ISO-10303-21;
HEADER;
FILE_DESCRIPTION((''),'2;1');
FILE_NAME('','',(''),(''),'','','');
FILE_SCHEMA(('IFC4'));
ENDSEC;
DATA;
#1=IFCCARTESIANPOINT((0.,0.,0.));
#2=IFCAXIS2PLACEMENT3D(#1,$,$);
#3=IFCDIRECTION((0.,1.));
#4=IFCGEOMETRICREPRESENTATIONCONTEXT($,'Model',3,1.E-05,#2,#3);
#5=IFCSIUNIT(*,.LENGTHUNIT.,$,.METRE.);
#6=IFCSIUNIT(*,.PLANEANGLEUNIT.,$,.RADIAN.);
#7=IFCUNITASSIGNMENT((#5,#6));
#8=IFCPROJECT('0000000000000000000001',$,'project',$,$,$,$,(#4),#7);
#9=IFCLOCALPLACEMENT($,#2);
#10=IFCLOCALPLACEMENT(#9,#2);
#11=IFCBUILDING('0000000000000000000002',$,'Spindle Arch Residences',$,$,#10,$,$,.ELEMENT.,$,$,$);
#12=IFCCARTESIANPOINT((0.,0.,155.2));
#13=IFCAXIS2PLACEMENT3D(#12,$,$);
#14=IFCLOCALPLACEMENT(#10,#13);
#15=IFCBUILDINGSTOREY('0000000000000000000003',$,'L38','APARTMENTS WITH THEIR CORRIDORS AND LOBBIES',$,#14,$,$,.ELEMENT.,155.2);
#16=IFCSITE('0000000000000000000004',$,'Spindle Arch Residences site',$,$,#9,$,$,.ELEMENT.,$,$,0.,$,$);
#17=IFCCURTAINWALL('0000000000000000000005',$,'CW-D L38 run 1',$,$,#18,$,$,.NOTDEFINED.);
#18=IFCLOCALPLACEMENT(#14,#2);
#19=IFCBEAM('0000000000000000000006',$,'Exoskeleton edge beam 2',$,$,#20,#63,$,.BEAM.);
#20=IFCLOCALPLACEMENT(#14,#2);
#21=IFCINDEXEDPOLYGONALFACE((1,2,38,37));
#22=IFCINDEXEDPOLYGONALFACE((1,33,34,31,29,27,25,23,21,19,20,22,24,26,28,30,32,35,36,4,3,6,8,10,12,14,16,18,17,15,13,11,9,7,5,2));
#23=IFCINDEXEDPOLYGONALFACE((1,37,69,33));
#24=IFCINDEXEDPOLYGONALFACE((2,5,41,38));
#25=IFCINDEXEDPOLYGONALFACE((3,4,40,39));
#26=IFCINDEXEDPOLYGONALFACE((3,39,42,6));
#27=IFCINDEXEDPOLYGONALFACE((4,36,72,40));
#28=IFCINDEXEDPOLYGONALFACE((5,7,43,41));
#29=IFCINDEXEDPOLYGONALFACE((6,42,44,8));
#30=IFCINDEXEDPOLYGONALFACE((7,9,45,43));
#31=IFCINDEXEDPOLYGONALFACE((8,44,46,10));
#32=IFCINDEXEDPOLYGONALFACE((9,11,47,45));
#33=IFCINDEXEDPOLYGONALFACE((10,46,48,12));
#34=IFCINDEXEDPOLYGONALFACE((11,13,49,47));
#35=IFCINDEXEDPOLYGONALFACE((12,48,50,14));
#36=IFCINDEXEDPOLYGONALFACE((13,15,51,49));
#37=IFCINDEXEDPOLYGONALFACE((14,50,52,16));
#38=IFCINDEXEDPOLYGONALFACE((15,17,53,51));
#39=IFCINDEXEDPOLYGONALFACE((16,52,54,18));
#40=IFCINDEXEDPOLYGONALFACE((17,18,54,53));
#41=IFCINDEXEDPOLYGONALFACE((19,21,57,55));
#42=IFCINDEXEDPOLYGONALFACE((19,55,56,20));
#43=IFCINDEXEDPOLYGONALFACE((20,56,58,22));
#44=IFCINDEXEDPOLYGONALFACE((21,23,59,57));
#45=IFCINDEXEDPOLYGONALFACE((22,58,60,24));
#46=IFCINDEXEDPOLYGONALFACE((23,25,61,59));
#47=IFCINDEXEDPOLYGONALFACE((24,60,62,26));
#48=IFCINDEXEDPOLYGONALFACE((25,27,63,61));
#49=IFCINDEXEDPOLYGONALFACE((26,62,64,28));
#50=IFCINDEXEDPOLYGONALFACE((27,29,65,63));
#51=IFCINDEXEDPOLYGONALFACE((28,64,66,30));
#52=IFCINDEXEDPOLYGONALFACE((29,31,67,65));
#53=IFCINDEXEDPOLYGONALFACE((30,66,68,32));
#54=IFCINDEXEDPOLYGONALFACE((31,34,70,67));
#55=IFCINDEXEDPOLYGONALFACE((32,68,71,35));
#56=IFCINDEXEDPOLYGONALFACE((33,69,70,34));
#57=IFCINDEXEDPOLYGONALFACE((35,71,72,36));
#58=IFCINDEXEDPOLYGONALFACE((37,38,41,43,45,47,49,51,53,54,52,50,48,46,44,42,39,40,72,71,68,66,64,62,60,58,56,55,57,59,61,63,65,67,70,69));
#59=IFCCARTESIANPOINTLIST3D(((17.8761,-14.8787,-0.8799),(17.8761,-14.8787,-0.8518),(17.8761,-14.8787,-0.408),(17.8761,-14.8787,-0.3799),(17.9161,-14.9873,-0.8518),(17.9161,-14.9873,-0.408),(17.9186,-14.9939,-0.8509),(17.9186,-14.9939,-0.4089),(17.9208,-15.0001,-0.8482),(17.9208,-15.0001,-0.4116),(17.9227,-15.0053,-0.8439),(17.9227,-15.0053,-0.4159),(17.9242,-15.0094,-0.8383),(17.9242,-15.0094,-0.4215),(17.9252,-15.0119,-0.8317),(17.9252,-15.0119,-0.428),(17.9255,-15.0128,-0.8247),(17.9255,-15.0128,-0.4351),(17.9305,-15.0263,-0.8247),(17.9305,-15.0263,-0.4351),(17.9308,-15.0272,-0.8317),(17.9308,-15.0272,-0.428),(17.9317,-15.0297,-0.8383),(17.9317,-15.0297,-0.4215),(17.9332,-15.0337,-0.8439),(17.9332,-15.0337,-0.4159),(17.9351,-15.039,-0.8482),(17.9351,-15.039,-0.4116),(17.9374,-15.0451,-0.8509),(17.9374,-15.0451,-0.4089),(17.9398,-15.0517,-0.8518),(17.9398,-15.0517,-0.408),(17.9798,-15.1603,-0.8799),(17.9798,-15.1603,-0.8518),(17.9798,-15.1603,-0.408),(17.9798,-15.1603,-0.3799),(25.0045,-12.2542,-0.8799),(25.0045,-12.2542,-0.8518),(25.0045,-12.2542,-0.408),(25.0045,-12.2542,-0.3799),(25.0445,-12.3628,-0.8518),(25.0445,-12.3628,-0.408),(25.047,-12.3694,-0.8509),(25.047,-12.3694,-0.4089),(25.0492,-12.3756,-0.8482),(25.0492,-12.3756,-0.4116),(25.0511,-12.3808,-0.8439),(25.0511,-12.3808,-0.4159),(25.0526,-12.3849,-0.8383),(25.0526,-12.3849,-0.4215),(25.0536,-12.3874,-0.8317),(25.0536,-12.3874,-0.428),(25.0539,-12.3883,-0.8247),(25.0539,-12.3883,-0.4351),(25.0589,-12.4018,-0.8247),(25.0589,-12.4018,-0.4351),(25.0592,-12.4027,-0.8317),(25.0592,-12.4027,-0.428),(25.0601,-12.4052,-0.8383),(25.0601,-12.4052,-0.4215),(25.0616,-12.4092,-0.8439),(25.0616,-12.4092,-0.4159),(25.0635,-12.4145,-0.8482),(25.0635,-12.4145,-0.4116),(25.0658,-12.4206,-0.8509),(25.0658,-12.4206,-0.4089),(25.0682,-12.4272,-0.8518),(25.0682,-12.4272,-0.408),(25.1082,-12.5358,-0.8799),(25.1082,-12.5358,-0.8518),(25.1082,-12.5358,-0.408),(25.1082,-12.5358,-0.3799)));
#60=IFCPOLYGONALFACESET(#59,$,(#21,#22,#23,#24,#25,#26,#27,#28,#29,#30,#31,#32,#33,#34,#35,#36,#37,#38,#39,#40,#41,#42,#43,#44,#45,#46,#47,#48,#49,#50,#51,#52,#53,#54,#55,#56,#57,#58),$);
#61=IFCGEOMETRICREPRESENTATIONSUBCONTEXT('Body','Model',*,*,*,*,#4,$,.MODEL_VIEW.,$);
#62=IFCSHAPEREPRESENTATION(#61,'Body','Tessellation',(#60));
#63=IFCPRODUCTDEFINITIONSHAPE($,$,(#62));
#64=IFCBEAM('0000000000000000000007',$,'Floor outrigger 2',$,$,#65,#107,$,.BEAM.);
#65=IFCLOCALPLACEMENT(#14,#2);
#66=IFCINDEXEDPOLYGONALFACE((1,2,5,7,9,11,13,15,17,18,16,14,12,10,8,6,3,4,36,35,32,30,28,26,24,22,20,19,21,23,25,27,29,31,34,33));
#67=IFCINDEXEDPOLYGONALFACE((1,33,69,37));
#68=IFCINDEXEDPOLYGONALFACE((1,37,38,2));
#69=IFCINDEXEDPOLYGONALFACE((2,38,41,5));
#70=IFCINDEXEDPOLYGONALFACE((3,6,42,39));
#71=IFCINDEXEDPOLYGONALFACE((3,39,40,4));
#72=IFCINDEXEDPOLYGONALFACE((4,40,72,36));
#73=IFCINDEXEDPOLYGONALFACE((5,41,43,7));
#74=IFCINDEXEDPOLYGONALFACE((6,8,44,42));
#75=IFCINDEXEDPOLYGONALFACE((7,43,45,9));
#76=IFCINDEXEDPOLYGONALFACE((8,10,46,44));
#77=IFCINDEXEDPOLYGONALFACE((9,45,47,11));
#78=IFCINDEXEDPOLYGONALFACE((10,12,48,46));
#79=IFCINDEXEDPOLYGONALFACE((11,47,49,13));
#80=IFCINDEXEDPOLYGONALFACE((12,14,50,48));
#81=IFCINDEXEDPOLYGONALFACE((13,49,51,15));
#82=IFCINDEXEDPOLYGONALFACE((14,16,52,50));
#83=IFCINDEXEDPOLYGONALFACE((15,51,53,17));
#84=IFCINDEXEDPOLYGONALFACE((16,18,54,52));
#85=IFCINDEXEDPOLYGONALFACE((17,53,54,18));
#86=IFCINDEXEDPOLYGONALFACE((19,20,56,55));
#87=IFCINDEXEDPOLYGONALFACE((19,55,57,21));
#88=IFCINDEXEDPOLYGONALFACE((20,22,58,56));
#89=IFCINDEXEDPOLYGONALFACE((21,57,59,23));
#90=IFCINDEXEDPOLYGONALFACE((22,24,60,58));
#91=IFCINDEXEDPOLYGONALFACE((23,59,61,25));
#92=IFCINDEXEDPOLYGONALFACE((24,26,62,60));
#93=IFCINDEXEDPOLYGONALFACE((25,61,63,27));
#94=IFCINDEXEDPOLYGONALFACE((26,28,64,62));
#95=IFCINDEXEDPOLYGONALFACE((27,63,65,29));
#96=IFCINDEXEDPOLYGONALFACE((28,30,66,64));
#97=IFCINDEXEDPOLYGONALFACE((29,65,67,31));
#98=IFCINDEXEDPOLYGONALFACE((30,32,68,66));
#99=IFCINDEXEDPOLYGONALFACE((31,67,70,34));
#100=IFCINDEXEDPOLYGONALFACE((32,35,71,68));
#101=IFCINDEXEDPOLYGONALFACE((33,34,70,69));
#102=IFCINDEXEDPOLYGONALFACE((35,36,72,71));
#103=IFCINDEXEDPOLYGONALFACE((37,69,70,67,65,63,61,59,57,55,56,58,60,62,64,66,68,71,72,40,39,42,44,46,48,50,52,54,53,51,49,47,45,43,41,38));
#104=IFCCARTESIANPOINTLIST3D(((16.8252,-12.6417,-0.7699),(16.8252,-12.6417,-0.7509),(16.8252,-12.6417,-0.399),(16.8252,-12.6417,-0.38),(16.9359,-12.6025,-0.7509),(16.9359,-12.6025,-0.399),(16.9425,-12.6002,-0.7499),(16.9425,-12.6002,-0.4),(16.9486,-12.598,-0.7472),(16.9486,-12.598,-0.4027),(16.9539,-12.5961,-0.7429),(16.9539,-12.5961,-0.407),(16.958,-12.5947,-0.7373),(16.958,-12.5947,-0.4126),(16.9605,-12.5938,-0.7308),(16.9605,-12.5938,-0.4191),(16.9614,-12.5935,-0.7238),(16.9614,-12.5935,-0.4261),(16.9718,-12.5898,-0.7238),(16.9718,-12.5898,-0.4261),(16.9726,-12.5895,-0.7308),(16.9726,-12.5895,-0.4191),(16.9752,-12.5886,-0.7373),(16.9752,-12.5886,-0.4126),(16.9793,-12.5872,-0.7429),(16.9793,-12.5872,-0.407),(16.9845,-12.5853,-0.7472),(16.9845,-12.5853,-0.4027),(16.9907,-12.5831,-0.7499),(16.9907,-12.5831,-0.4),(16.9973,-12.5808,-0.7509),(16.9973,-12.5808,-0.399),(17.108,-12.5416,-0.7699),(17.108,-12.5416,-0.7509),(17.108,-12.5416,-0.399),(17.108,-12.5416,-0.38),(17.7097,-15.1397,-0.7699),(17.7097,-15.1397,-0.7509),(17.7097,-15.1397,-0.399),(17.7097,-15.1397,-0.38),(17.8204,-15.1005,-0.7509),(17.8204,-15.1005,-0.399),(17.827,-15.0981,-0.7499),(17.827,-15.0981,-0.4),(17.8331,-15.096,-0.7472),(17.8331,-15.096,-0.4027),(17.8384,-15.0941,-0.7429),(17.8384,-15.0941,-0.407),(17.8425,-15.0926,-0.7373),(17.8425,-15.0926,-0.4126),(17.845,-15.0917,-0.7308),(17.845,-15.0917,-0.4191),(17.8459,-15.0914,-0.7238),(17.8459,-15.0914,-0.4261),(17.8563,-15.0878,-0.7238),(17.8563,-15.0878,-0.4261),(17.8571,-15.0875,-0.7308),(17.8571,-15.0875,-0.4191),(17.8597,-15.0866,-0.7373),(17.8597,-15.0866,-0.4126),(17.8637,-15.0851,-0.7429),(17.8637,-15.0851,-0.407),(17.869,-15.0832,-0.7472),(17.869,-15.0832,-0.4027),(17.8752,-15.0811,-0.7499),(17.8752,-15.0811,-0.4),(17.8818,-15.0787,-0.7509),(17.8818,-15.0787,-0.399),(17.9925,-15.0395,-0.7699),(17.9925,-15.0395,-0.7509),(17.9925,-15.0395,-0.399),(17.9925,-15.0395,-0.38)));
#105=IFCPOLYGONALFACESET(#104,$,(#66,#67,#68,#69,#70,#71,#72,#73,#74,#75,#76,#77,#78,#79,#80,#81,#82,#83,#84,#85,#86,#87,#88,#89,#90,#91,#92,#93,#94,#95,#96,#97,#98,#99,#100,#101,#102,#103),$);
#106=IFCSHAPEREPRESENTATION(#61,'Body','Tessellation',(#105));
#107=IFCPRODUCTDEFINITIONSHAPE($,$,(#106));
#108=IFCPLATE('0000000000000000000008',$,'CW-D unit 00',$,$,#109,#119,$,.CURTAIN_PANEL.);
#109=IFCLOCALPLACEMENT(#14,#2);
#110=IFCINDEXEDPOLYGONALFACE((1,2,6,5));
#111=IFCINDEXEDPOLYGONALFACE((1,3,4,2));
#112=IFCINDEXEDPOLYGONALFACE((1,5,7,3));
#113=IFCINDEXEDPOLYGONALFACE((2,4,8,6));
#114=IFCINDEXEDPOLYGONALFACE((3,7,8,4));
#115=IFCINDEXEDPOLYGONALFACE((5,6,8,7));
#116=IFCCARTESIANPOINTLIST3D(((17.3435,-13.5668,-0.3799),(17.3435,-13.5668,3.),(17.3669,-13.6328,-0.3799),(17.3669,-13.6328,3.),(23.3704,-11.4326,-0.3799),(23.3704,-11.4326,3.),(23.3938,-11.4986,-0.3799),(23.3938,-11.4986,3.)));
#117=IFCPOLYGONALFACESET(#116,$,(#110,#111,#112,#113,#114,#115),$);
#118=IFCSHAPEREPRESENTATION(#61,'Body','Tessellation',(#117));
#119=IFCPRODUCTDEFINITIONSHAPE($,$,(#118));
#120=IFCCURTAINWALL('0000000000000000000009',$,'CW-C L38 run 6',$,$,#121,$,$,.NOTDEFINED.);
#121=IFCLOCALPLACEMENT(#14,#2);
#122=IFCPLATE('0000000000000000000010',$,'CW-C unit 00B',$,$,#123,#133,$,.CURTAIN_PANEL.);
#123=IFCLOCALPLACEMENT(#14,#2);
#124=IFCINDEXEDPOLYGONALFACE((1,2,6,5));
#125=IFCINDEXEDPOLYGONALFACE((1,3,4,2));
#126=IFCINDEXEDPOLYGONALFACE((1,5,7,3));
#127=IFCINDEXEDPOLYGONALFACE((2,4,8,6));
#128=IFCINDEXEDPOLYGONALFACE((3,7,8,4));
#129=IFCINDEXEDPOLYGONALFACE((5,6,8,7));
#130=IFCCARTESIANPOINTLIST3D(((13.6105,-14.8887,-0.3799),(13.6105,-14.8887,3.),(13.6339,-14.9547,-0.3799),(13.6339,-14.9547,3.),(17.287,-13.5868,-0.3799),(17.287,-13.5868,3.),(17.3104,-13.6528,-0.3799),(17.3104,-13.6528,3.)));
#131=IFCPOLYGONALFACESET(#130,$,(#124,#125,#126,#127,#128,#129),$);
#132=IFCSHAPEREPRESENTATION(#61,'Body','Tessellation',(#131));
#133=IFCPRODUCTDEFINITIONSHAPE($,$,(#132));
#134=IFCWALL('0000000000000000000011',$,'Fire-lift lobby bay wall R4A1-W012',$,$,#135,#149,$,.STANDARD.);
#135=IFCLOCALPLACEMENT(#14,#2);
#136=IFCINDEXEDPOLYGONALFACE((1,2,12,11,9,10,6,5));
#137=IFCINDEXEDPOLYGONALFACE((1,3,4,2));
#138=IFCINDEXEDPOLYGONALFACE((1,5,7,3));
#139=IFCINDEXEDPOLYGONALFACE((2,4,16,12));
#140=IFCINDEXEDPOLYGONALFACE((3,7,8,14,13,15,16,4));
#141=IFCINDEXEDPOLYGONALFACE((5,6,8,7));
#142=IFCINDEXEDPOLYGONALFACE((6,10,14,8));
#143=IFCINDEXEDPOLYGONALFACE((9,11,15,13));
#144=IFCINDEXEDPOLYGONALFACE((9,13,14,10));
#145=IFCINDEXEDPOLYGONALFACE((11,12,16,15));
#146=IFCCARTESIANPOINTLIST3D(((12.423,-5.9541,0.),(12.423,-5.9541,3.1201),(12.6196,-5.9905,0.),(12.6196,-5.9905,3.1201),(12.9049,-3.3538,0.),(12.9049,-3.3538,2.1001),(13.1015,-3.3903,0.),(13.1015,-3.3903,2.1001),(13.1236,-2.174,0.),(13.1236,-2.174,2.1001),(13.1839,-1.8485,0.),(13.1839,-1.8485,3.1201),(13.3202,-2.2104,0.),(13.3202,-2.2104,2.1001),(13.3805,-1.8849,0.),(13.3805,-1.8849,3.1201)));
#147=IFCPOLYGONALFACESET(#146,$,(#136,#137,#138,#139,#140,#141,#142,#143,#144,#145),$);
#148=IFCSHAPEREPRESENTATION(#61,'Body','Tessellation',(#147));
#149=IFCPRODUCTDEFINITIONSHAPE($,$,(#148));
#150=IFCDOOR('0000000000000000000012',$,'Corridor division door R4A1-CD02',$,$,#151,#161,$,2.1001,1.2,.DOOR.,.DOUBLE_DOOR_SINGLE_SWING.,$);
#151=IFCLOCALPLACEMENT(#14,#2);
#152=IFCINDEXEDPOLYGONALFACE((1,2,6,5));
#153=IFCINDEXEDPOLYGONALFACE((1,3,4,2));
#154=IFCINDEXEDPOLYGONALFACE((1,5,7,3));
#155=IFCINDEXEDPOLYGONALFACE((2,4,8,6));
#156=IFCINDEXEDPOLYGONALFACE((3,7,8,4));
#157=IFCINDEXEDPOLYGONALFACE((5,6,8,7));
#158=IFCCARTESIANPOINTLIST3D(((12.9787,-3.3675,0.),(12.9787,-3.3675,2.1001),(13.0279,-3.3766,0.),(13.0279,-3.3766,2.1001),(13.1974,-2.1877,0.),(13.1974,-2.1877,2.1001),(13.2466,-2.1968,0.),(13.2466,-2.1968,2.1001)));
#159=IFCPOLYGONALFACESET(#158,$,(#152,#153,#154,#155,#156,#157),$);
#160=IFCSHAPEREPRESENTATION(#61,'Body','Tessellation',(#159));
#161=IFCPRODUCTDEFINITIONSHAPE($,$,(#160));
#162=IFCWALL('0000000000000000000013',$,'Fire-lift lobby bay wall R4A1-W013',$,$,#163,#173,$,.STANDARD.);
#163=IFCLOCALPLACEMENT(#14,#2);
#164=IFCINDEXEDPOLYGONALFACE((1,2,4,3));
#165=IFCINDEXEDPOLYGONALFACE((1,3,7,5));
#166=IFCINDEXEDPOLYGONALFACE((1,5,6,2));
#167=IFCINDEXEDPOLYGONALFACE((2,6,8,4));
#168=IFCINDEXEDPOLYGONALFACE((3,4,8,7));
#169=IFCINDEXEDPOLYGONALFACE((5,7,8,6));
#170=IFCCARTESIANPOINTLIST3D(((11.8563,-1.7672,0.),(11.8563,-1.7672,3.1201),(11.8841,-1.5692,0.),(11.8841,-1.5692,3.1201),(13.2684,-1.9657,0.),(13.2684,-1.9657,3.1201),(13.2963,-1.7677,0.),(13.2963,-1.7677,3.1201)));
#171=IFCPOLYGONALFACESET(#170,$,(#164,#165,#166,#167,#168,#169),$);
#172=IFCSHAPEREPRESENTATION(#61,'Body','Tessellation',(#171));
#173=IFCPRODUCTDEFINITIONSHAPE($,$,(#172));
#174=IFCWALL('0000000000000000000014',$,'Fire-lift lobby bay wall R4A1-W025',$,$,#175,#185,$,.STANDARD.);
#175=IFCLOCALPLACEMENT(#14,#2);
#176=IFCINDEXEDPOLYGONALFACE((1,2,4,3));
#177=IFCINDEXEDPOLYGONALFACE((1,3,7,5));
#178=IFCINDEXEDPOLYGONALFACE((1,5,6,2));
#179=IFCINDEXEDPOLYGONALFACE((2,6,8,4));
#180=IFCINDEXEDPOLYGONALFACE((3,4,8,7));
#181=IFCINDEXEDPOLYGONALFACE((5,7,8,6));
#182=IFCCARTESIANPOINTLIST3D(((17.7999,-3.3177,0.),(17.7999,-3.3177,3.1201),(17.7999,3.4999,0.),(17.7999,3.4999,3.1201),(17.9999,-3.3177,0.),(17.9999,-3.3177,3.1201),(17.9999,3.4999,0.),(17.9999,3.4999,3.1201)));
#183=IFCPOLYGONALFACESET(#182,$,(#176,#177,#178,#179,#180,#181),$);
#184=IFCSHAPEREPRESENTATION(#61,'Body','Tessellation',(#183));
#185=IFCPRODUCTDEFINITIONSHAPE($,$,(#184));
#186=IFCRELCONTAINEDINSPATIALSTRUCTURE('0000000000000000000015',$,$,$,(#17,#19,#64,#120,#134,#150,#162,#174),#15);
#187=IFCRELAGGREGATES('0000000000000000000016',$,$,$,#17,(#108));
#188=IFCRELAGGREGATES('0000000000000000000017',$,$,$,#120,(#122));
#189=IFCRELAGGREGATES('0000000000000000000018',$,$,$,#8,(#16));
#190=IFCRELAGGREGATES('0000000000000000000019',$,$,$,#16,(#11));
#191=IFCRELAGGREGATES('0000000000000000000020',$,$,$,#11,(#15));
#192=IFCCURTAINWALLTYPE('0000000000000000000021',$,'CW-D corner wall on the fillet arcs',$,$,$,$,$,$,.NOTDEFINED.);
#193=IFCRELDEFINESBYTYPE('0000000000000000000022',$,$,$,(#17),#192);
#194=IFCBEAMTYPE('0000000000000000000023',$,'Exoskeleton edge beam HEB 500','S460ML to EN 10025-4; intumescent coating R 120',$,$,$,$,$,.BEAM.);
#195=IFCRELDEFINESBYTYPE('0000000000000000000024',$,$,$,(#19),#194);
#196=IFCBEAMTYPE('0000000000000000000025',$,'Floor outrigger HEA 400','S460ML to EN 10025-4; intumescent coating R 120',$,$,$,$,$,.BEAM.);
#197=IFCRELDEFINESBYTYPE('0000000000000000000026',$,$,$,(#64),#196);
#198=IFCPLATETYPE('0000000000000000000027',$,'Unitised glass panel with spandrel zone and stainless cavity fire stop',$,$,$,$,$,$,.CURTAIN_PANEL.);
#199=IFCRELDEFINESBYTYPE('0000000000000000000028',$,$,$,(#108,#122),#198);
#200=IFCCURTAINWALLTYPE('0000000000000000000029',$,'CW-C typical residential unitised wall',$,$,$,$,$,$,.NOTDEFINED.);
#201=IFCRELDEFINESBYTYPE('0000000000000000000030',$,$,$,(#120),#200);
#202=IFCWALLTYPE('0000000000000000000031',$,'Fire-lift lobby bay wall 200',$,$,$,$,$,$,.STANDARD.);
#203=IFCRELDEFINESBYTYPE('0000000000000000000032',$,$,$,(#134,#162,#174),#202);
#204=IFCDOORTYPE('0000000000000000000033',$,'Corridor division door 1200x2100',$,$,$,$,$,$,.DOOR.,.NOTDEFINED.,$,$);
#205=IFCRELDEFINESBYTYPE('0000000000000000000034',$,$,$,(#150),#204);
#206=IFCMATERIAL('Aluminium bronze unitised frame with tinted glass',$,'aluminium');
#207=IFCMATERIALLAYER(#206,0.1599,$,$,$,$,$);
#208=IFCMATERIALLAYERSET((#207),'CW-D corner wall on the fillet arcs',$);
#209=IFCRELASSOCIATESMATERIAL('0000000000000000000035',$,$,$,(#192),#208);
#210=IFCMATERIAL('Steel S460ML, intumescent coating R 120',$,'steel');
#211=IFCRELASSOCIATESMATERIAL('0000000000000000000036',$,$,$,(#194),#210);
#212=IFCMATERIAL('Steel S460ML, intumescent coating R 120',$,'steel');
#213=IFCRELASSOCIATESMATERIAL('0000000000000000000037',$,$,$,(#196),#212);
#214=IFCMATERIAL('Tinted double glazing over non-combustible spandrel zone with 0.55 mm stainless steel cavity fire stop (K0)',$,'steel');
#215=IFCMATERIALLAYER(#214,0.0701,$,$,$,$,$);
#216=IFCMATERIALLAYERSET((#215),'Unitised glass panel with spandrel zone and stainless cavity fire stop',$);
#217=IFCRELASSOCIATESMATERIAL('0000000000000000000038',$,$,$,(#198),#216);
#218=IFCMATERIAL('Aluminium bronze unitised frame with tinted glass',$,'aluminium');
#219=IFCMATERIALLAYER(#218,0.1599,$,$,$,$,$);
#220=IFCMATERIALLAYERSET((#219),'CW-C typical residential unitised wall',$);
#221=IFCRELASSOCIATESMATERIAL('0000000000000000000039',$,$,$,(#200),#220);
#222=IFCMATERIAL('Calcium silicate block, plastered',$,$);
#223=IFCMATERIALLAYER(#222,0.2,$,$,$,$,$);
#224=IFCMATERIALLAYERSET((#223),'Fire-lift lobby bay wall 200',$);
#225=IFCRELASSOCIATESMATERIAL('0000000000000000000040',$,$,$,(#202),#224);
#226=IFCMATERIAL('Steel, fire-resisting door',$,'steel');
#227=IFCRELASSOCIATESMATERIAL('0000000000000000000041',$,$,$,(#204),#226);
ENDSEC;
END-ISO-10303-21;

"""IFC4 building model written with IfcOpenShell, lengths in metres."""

from ifc_helpers import new_model, si_unit, direction, frame, frame_2d, origin, origin_2d, place, context, subcontext, project, spatial, rectangle, i_section, extrude, material, layer, layer_set, material_profile, profile_set, type_object, element, fill, aggregate, save


model = new_model("IFC4")

# Units and contexts
model_context = context("Model", 3, precision=1e-05, world=origin(), true_north=direction((0.0, 1.0)))
body_context = subcontext(model_context, "Body", "Model", "MODEL_VIEW")
ifc_project = project(units=[si_unit("LENGTHUNIT", "METRE"), si_unit("PLANEANGLEUNIT", "RADIAN")], contexts=[model_context])

# Site, building, storey
site_placement = place(None, origin())
site = spatial("IfcSite", under=ifc_project, at=site_placement, Name="Spindle Arch Residences site", CompositionType="ELEMENT", RefElevation=0.0)
building_placement = place(site_placement, origin())
building = spatial("IfcBuilding", under=site, at=building_placement, Name="Spindle Arch Residences", CompositionType="ELEMENT")
storey_placement = place(building_placement, frame((0.0, 0.0, 155.2)))
storey = spatial("IfcBuildingStorey", under=building, at=storey_placement, Name="L38", Description="APARTMENTS WITH THEIR CORRIDORS AND LOBBIES", CompositionType="ELEMENT", Elevation=155.2)

# Curtain wall
ifc_material_1 = material(Name="Aluminium bronze unitised frame with tinted glass", Category="aluminium")
ifc_layer_1 = layer(ifc_material_1, 0.1599)
ifc_layer_set_1 = layer_set([ifc_layer_1], Name="CW-D corner wall on the fillet arcs")
curtain_wall_type_1 = type_object("IfcCurtainWallType", Name="CW-D corner wall on the fillet arcs", PredefinedType="NOTDEFINED", material=ifc_layer_set_1)
curtain_wall_1_placement = place(storey_placement, origin())
curtain_wall_1 = element("IfcCurtainWall", 1, at=curtain_wall_1_placement, inside=storey, type_object=curtain_wall_type_1, Name="CW-D L38 run 1", PredefinedType="NOTDEFINED")

# Beams
ifc_material_2 = material(Name="Steel S460ML, intumescent coating R 120", Category="steel")
ifc_material_profile_1 = material_profile(ifc_material_2, i_section(OverallWidth=0.3, OverallDepth=0.5, WebThickness=0.0144, FlangeThickness=0.0281, FilletRadius=0.0271, at=origin_2d()), Name="HEB 500")
ifc_profile_set_1 = profile_set([ifc_material_profile_1], Name="Steel S460ML, intumescent coating R 120")
beam_type_1 = type_object("IfcBeamType", Name="Exoskeleton edge beam HEB 500", Description="S460ML to EN 10025-4; intumescent coating R 120", PredefinedType="BEAM", material=ifc_profile_set_1)
beam_1_placement = place(storey_placement, frame((17.928, -15.0195, -0.6299), z_axis=(0.938418, 0.345503, 0.0), x_axis=(-0.345503, 0.938418, 0.0)))
element("IfcBeam", 2, at=beam_1_placement, inside=storey, type_object=beam_type_1, Name="Exoskeleton edge beam 2", PredefinedType="BEAM", context=body_context, shape_type="SweptSolid", body=[
    extrude(i_section(OverallWidth=0.3, OverallDepth=0.5, WebThickness=0.0144, FlangeThickness=0.0281, FilletRadius=0.0271, at=origin_2d()), origin(), (0.0, 0.0, 1.0), 7.5962),
])
ifc_material_3 = material(Name="Steel S460ML, intumescent coating R 120", Category="steel")
ifc_material_profile_2 = material_profile(ifc_material_3, i_section(OverallWidth=0.3, OverallDepth=0.3899, WebThickness=0.011, FlangeThickness=0.019, FilletRadius=0.0271, at=origin_2d()), Name="HEA 400")
ifc_profile_set_2 = profile_set([ifc_material_profile_2], Name="Steel S460ML, intumescent coating R 120")
beam_type_2 = type_object("IfcBeamType", Name="Floor outrigger HEA 400", Description="S460ML to EN 10025-4; intumescent coating R 120", PredefinedType="BEAM", material=ifc_profile_set_2)
beam_2_placement = place(storey_placement, frame((17.8511, -15.0896, -0.575), z_axis=(-0.333779, 0.942651, 0.0), x_axis=(-0.942651, -0.333779, 0.0)))
element("IfcBeam", 3, at=beam_2_placement, inside=storey, type_object=beam_type_2, Name="Floor outrigger 2", PredefinedType="BEAM", context=body_context, shape_type="SweptSolid", body=[
    extrude(i_section(OverallWidth=0.3, OverallDepth=0.3899, WebThickness=0.011, FlangeThickness=0.019, FilletRadius=0.0271, at=origin_2d()), origin(), (0.0, 0.0, 1.0), 2.6499),
])

# Plate
ifc_material_4 = material(Name="Tinted double glazing over non-combustible spandrel zone with 0.55 mm stainless steel cavity fire stop (K0)", Category="steel")
ifc_layer_2 = layer(ifc_material_4, 0.0701)
ifc_layer_set_2 = layer_set([ifc_layer_2], Name="Unitised glass panel with spandrel zone and stainless cavity fire stop")
plate_type = type_object("IfcPlateType", Name="Unitised glass panel with spandrel zone and stainless cavity fire stop", PredefinedType="CURTAIN_PANEL", material=ifc_layer_set_2)
plate_1_placement = place(storey_placement, frame((20.3687, -12.5327, -0.3799), z_axis=(0.0, 0.0, 1.0), x_axis=(0.942641, 0.333807, 0.0)))
plate_1 = element("IfcPlate", 4, at=plate_1_placement, type_object=plate_type, Name="CW-D unit 00", PredefinedType="CURTAIN_PANEL", context=body_context, shape_type="SweptSolid", body=[
    extrude(rectangle(XDim=6.3936, YDim=0.0701, at=origin_2d()), origin(), (0.0, 0.0, 1.0), 3.3799),
])
aggregate(curtain_wall_1, [plate_1])

# Curtain wall, plate
ifc_material_5 = material(Name="Aluminium bronze unitised frame with tinted glass", Category="aluminium")
ifc_layer_3 = layer(ifc_material_5, 0.1599)
ifc_layer_set_3 = layer_set([ifc_layer_3], Name="CW-C typical residential unitised wall")
curtain_wall_type_2 = type_object("IfcCurtainWallType", Name="CW-C typical residential unitised wall", PredefinedType="NOTDEFINED", material=ifc_layer_set_3)
curtain_wall_2_placement = place(storey_placement, origin())
curtain_wall_2 = element("IfcCurtainWall", 5, at=curtain_wall_2_placement, inside=storey, type_object=curtain_wall_type_2, Name="CW-C L38 run 6", PredefinedType="NOTDEFINED")
plate_2_placement = place(storey_placement, frame((15.4604, -14.2708, -0.3799), z_axis=(0.0, 0.0, 1.0), x_axis=(0.942641, 0.333807, 0.0)))
plate_2 = element("IfcPlate", 6, at=plate_2_placement, type_object=plate_type, Name="CW-C unit 00B", PredefinedType="CURTAIN_PANEL", context=body_context, shape_type="SweptSolid", body=[
    extrude(rectangle(XDim=3.9001, YDim=0.0701, at=origin_2d()), origin(), (0.0, 0.0, 1.0), 3.3799),
])
aggregate(curtain_wall_2, [plate_2])

# Wall, opening, door
ifc_material_6 = material(Name="Calcium silicate block, plastered")
ifc_layer_4 = layer(ifc_material_6, 0.2)
ifc_layer_set_4 = layer_set([ifc_layer_4], Name="Fire-lift lobby bay wall 200")
wall_type_1 = type_object("IfcWallType", Name="Fire-lift lobby bay wall 200", PredefinedType="STANDARD", material=ifc_layer_set_4)
wall_1_placement = place(storey_placement, frame((12.5212, -5.9724, 0.0), z_axis=(0.0, 0.0, 1.0), x_axis=(0.182244, 0.983253, 0.0)))
wall_1 = element("IfcWall", 7, at=wall_1_placement, inside=storey, type_object=wall_type_1, Name="Fire-lift lobby bay wall R4A1-W012", PredefinedType="STANDARD", context=body_context, shape_type="SweptSolid", body=[
    extrude(rectangle(XDim=4.1755, YDim=0.2, at=frame_2d((2.0879, 0.0))), origin(), (0.0, 0.0, 1.0), 3.1201),
])
opening_1_placement = place(wall_1_placement, frame((2.6445, 0.0, 0.0)))
opening_1 = element("IfcOpeningElement", 8, at=opening_1_placement, cuts=wall_1, PredefinedType="OPENING", context=body_context, shape_type="SweptSolid", body=[
    extrude(rectangle(XDim=1.2, YDim=2.1001, at=frame_2d((0.6001, 1.05))), frame((0.0, 0.1099, 0.0), z_axis=(0.0, -1.0, 0.0), x_axis=(1.0, 0.0, 0.0)), (0.0, 0.0, 1.0), 0.22),
])
ifc_material_7 = material(Name="Steel, fire-resisting door", Category="steel")
door_type_1 = type_object("IfcDoorType", Name="Corridor division door 1200x2100", OperationType="NOTDEFINED", PredefinedType="DOOR", material=ifc_material_7)
door_1_placement = place(opening_1_placement, origin())
door_1 = element("IfcDoor", 9, at=door_1_placement, inside=storey, type_object=door_type_1, Name="Corridor division door R4A1-CD02", OperationType="DOUBLE_DOOR_SINGLE_SWING", OverallHeight=2.1001, OverallWidth=1.2, PredefinedType="DOOR", context=body_context, shape_type="SweptSolid", body=[
    extrude(rectangle(XDim=1.2, YDim=2.1001, at=frame_2d((0.6001, 1.05))), frame((0.0, 0.0249, 0.0), z_axis=(0.0, -1.0, 0.0), x_axis=(1.0, 0.0, 0.0)), (0.0, 0.0, 1.0), 0.05),
])
fill(opening_1, door_1)

# Walls
wall_2_placement = place(storey_placement, frame((13.2822, -1.8667, 0.0), z_axis=(0.0, 0.0, 1.0), x_axis=(-0.990265, 0.139192, 0.0)))
element("IfcWall", 10, at=wall_2_placement, inside=storey, type_object=wall_type_1, Name="Fire-lift lobby bay wall R4A1-W013", PredefinedType="STANDARD", context=body_context, shape_type="SweptSolid", body=[
    extrude(rectangle(XDim=1.426, YDim=0.2, at=frame_2d((0.7129, 0.0))), origin(), (0.0, 0.0, 1.0), 3.1201),
])
wall_3_placement = place(storey_placement, frame((17.8999, -3.3176, 0.0), z_axis=(0.0, 0.0, 1.0), x_axis=(0.0, 1.0, 0.0)))
element("IfcWall", 11, at=wall_3_placement, inside=storey, type_object=wall_type_1, Name="Fire-lift lobby bay wall R4A1-W025", PredefinedType="STANDARD", context=body_context, shape_type="SweptSolid", body=[
    extrude(rectangle(XDim=6.8176, YDim=0.2, at=frame_2d((3.4087, 0.0))), origin(), (0.0, 0.0, 1.0), 3.1201),
])

save(model, "model.ifc")
